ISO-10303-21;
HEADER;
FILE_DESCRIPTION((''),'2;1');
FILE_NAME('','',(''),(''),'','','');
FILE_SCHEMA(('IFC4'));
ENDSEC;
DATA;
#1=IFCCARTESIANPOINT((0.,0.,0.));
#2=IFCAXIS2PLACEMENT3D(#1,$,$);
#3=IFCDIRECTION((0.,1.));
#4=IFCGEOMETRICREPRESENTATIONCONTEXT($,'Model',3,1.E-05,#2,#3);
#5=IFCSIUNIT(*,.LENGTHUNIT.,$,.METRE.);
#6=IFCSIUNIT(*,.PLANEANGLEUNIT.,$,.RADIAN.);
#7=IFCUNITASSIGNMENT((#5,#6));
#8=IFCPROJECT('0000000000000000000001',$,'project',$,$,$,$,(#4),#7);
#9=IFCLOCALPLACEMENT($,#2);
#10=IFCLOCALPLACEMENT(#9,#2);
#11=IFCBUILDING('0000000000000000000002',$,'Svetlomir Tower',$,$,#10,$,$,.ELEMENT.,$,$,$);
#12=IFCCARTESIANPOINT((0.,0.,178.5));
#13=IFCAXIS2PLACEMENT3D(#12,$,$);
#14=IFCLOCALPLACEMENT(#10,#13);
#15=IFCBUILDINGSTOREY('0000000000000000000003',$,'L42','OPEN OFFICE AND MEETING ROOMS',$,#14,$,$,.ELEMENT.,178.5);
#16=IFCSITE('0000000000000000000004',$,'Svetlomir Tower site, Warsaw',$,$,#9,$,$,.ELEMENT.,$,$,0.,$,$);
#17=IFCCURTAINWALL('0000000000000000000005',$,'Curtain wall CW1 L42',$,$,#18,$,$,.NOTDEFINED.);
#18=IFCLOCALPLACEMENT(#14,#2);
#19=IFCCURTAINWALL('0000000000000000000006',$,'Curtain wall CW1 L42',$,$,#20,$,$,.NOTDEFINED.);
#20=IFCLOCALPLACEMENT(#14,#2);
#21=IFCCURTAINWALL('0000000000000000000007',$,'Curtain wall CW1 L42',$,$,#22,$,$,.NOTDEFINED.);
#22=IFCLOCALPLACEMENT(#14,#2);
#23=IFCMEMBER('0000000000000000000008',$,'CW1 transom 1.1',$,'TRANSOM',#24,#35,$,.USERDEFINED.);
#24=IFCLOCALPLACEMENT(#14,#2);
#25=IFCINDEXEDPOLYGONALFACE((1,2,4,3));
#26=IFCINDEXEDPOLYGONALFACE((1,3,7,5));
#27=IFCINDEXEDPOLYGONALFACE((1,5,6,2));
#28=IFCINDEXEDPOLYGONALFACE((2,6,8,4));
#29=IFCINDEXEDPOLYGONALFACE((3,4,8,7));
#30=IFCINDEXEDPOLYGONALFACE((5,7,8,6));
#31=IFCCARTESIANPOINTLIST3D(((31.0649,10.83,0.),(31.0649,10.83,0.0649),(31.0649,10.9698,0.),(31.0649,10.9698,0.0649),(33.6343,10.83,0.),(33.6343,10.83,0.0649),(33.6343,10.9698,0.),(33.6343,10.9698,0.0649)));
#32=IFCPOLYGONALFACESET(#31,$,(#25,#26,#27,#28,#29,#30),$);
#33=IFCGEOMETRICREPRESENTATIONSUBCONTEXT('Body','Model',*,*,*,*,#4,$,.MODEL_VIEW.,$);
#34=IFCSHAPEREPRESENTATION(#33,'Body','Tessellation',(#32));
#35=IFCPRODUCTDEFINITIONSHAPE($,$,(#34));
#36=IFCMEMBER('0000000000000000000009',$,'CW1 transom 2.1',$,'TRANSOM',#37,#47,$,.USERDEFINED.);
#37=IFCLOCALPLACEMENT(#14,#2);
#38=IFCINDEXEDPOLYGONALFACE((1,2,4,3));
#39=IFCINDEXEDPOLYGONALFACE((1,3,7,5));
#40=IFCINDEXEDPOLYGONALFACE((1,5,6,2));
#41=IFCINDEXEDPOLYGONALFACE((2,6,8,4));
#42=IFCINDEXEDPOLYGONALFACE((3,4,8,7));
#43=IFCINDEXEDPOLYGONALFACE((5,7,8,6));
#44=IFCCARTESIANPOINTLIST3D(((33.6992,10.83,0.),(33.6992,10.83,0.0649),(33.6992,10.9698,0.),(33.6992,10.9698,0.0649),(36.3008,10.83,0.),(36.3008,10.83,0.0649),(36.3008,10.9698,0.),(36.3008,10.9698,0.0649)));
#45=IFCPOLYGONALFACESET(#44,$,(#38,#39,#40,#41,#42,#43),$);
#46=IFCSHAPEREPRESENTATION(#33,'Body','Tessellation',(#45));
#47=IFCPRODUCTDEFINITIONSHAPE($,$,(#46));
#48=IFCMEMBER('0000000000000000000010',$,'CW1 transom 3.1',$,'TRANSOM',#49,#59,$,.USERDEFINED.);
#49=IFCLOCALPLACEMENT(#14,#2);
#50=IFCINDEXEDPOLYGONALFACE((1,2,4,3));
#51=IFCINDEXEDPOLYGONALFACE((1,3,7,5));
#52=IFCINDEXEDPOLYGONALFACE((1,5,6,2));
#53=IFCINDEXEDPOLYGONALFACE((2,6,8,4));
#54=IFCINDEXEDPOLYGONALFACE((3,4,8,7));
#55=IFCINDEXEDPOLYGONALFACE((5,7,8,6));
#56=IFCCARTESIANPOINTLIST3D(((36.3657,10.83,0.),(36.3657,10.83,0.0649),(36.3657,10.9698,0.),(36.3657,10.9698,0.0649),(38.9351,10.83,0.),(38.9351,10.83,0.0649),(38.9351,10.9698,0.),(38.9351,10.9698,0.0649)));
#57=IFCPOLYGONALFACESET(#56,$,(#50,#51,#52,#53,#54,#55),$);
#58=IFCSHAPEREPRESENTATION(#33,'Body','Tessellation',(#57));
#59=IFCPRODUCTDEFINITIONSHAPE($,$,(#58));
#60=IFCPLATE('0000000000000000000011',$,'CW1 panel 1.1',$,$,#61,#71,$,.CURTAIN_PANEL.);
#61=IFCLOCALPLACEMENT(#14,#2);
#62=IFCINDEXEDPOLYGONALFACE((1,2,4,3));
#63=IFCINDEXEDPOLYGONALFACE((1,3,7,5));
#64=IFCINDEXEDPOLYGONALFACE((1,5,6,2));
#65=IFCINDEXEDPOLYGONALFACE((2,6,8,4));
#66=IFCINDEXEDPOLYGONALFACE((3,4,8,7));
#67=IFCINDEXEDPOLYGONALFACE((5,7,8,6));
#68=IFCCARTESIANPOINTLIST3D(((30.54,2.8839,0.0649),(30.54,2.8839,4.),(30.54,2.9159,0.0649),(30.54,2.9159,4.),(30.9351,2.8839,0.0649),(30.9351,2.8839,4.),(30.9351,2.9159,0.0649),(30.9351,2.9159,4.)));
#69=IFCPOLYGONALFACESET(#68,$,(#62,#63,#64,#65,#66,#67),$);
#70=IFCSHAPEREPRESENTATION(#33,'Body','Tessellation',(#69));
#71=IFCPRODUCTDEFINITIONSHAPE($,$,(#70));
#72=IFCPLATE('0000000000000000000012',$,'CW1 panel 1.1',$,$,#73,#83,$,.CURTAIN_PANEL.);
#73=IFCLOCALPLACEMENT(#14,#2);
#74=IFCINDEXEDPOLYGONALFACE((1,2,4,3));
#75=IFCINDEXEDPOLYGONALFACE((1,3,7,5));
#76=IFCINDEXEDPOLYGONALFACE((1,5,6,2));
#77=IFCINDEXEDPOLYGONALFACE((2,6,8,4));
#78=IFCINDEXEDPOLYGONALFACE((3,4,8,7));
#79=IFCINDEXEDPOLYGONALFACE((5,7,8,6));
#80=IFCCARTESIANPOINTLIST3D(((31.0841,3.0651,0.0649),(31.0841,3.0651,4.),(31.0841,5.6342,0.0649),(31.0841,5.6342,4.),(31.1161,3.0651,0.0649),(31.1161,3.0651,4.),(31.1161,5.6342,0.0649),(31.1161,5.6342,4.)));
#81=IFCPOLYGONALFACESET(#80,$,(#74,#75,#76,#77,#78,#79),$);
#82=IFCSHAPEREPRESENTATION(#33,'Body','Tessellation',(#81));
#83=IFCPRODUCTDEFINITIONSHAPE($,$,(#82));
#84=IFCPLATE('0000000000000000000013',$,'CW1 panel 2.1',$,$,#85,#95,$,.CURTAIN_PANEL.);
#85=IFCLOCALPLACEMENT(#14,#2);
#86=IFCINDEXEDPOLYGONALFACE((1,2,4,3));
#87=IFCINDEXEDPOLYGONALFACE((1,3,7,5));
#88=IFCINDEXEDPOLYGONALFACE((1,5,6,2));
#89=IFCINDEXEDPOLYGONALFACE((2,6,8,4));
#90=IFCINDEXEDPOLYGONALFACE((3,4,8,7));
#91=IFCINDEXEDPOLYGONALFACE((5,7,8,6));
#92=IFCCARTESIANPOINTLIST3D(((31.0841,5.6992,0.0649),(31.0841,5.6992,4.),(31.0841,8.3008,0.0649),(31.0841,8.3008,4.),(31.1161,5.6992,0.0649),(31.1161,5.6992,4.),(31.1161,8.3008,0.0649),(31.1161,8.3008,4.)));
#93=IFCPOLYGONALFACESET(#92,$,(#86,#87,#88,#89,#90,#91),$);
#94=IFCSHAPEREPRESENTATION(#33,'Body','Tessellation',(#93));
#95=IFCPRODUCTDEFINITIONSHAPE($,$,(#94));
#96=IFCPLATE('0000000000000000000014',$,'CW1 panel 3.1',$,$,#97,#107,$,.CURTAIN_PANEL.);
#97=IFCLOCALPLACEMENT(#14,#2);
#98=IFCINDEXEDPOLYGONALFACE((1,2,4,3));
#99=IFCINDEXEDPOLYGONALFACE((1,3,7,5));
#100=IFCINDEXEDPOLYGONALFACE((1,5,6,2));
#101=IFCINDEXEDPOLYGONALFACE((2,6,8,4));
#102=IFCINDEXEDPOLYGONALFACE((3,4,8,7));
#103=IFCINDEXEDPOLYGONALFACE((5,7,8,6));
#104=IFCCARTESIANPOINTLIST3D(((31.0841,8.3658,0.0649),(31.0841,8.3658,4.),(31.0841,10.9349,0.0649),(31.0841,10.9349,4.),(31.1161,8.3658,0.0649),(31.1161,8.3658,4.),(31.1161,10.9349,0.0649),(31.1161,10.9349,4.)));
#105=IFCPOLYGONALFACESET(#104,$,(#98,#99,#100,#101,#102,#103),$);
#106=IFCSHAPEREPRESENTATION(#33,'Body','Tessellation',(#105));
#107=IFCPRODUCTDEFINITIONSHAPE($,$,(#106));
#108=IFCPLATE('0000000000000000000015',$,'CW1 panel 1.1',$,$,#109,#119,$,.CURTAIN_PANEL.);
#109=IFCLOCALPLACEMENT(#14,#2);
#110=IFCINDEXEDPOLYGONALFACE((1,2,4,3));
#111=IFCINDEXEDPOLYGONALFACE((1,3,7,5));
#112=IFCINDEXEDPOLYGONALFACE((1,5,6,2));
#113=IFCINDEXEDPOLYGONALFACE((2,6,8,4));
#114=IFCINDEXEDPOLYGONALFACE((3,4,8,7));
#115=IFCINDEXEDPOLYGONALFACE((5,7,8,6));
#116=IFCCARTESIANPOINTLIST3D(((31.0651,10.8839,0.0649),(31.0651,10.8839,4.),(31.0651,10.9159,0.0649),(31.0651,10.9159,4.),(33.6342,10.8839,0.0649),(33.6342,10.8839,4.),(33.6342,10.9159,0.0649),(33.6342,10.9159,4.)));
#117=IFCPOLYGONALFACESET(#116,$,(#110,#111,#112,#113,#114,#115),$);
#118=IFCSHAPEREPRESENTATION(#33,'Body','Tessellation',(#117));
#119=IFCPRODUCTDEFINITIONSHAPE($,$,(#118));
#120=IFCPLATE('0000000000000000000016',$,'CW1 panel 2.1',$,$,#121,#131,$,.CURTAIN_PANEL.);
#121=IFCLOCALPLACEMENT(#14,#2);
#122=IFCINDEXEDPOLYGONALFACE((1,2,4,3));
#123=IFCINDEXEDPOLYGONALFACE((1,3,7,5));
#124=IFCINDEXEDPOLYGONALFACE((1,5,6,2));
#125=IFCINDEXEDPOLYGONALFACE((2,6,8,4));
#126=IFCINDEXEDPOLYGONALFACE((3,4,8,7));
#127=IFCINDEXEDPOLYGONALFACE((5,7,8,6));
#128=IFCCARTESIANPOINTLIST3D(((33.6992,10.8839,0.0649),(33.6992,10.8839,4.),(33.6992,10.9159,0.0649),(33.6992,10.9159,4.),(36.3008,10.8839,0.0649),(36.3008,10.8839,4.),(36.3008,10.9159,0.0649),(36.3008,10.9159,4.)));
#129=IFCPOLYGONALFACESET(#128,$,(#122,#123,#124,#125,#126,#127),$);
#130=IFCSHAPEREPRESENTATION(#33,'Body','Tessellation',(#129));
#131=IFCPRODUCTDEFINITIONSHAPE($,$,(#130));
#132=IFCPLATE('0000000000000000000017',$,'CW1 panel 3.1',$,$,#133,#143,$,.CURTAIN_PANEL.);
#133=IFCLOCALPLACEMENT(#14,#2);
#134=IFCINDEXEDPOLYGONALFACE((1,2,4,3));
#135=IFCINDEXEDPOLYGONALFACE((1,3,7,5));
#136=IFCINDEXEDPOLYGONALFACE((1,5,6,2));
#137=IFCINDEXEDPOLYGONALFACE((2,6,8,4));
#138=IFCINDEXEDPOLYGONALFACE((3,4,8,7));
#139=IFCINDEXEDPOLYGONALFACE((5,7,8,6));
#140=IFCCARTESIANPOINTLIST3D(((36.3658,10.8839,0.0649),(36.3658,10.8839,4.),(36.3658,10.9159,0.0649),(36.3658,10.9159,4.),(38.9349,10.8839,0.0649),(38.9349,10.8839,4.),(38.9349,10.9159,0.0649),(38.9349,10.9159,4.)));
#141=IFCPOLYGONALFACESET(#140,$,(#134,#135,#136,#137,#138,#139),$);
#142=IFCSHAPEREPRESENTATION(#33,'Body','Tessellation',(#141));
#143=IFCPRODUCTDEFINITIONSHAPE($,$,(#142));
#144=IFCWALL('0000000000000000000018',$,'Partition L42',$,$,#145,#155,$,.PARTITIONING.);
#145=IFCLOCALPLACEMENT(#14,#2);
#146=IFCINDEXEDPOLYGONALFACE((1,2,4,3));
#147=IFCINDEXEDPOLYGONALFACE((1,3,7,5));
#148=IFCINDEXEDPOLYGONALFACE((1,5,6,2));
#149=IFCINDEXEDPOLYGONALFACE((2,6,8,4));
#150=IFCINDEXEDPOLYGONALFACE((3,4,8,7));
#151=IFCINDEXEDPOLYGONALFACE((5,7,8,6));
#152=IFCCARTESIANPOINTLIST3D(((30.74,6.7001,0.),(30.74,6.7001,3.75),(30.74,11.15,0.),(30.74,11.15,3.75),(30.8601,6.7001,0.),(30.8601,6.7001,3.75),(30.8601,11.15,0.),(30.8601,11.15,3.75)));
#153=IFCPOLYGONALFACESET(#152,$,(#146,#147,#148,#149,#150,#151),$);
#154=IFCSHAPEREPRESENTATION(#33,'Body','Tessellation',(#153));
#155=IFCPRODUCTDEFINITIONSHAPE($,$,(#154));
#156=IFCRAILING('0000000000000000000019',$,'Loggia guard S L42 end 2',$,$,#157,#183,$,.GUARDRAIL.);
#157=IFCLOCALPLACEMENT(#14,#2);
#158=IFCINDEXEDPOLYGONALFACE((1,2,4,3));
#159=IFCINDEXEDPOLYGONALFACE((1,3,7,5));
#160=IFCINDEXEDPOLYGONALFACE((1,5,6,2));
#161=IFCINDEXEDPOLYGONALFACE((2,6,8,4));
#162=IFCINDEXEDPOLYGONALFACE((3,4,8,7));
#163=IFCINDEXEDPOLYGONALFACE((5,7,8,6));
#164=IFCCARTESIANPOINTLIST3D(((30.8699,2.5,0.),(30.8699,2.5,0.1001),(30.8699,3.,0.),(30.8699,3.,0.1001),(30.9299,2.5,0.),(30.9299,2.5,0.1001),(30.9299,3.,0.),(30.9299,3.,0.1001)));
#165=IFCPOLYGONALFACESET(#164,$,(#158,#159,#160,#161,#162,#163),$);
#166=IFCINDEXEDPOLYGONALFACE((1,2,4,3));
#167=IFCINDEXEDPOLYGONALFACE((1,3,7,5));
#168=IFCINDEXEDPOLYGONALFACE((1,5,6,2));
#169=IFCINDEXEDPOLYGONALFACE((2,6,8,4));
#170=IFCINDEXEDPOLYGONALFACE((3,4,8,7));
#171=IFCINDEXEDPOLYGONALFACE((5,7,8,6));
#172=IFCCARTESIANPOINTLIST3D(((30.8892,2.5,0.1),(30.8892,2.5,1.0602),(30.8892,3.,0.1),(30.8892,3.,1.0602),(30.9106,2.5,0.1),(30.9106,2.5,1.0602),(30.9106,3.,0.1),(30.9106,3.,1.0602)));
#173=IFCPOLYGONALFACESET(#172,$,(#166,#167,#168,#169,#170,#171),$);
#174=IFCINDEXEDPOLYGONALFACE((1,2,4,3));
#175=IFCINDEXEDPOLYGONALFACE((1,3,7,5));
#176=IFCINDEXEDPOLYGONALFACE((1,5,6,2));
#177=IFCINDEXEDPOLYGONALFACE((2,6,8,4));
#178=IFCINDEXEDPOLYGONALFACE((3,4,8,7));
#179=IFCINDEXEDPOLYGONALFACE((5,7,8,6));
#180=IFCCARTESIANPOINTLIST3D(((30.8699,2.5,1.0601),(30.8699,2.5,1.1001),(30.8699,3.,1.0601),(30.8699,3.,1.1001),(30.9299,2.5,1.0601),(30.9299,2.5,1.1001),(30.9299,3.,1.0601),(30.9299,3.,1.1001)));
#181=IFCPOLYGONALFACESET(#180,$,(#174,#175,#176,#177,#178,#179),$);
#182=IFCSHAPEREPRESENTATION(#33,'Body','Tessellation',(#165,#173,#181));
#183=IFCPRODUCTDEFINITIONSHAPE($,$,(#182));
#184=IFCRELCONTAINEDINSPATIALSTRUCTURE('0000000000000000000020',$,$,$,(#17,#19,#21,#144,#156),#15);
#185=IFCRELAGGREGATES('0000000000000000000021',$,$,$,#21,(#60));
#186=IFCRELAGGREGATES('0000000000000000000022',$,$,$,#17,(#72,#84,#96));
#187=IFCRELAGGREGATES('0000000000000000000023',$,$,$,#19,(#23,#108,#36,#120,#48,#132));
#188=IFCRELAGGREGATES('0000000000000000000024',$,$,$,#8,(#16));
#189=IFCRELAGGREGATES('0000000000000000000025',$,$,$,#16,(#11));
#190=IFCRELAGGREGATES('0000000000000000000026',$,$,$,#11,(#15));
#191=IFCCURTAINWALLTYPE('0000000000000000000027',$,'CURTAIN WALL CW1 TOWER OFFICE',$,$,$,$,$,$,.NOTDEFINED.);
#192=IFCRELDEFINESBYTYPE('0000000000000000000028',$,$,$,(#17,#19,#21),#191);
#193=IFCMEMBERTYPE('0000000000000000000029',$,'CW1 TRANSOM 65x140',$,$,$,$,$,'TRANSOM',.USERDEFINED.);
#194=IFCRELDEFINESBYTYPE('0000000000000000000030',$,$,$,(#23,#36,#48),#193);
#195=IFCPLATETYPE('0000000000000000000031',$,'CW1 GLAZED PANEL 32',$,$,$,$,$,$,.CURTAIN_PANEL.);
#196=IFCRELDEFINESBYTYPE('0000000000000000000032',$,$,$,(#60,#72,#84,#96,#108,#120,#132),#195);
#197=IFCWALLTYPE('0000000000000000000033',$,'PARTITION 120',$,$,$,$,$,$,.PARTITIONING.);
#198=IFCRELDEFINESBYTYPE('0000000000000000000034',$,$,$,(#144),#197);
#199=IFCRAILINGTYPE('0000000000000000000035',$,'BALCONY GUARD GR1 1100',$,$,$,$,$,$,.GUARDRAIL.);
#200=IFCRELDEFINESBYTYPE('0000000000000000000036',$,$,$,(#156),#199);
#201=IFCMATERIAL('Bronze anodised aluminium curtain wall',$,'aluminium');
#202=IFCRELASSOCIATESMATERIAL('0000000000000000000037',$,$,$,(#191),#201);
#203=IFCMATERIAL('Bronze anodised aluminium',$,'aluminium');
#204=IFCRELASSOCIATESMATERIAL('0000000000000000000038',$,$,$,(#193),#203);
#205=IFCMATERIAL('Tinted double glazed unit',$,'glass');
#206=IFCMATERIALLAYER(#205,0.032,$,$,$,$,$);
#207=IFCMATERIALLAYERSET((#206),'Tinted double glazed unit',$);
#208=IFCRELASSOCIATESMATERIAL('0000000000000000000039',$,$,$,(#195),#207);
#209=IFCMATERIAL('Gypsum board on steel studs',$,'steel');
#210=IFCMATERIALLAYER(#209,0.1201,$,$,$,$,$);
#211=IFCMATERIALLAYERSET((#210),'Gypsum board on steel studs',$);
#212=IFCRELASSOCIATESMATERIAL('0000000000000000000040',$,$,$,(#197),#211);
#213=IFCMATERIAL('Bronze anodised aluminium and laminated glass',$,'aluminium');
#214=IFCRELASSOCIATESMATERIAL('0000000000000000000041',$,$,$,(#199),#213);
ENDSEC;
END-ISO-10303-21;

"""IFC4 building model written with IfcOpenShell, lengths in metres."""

from ifc_helpers import new_model, si_unit, direction, frame, frame_2d, origin, origin_2d, place, context, subcontext, project, spatial, rectangle, extrude, material, layer, layer_set, material_profile, profile_set, type_object, element, aggregate, save


model = new_model("IFC4")

# Units and contexts
model_context = context("Model", 3, precision=1e-05, world=origin(), true_north=direction((0.0, 1.0)))
body_context = subcontext(model_context, "Body", "Model", "MODEL_VIEW")
ifc_project = project(units=[si_unit("LENGTHUNIT", "METRE"), si_unit("PLANEANGLEUNIT", "RADIAN")], contexts=[model_context])

# Site, building, storey
site_placement = place(None, origin())
site = spatial("IfcSite", under=ifc_project, at=site_placement, Name="Svetlomir Tower site, Warsaw", CompositionType="ELEMENT", RefElevation=0.0)
building_placement = place(site_placement, origin())
building = spatial("IfcBuilding", under=site, at=building_placement, Name="Svetlomir Tower", CompositionType="ELEMENT")
storey_placement = place(building_placement, frame((0.0, 0.0, 178.5)))
storey = spatial("IfcBuildingStorey", under=building, at=storey_placement, Name="L42", Description="OPEN OFFICE AND MEETING ROOMS", CompositionType="ELEMENT", Elevation=178.5)

# Curtain walls
ifc_material_1 = material(Name="Bronze anodised aluminium curtain wall", Category="aluminium")
curtain_wall_type = type_object("IfcCurtainWallType", Name="CURTAIN WALL CW1 TOWER OFFICE", PredefinedType="NOTDEFINED", material=ifc_material_1)
curtain_wall_1_placement = place(storey_placement, origin())
curtain_wall_1 = element("IfcCurtainWall", 1, at=curtain_wall_1_placement, inside=storey, type_object=curtain_wall_type, Name="Curtain wall CW1 L42", PredefinedType="NOTDEFINED")
curtain_wall_2_placement = place(storey_placement, origin())
curtain_wall_2 = element("IfcCurtainWall", 2, at=curtain_wall_2_placement, inside=storey, type_object=curtain_wall_type, Name="Curtain wall CW1 L42", PredefinedType="NOTDEFINED")
curtain_wall_3_placement = place(storey_placement, origin())
curtain_wall_3 = element("IfcCurtainWall", 3, at=curtain_wall_3_placement, inside=storey, type_object=curtain_wall_type, Name="Curtain wall CW1 L42", PredefinedType="NOTDEFINED")

# Members
ifc_material_2 = material(Name="Bronze anodised aluminium", Category="aluminium")
ifc_material_profile_1 = material_profile(ifc_material_2, rectangle(XDim=0.1399, YDim=0.0649, at=origin_2d()), Name="AL 140x65")
ifc_profile_set_1 = profile_set([ifc_material_profile_1], Name="Bronze anodised aluminium 6063-T6")
member_type_1 = type_object("IfcMemberType", Name="CW1 TRANSOM 65x140", ElementType="TRANSOM", PredefinedType="USERDEFINED", material=ifc_profile_set_1)
member_1_placement = place(storey_placement, frame((31.0649, 10.8999, 0.0325), z_axis=(1.0, 0.0, 0.0), x_axis=(0.0, 1.0, 0.0)))
member_1 = element("IfcMember", 4, at=member_1_placement, type_object=member_type_1, Name="CW1 transom 1.1", ObjectType="TRANSOM", PredefinedType="USERDEFINED", context=body_context, shape_type="SweptSolid", body=[
    extrude(rectangle(XDim=0.1399, YDim=0.0649, at=origin_2d()), origin(), (0.0, 0.0, 1.0), 2.5693),
])
member_2_placement = place(storey_placement, frame((33.6992, 10.8999, 0.0325), z_axis=(1.0, 0.0, 0.0), x_axis=(0.0, 1.0, 0.0)))
member_2 = element("IfcMember", 5, at=member_2_placement, type_object=member_type_1, Name="CW1 transom 2.1", ObjectType="TRANSOM", PredefinedType="USERDEFINED", context=body_context, shape_type="SweptSolid", body=[
    extrude(rectangle(XDim=0.1399, YDim=0.0649, at=origin_2d()), origin(), (0.0, 0.0, 1.0), 2.6016),
])
member_3_placement = place(storey_placement, frame((36.3657, 10.8999, 0.0325), z_axis=(1.0, 0.0, 0.0), x_axis=(0.0, 1.0, 0.0)))
member_3 = element("IfcMember", 6, at=member_3_placement, type_object=member_type_1, Name="CW1 transom 3.1", ObjectType="TRANSOM", PredefinedType="USERDEFINED", context=body_context, shape_type="SweptSolid", body=[
    extrude(rectangle(XDim=0.1399, YDim=0.0649, at=origin_2d()), origin(), (0.0, 0.0, 1.0), 2.5693),
])

# Plates
ifc_material_3 = material(Name="Tinted double glazed unit", Category="glass")
ifc_layer_1 = layer(ifc_material_3, 0.032)
ifc_layer_set_1 = layer_set([ifc_layer_1], Name="Tinted double glazed unit")
plate_type = type_object("IfcPlateType", Name="CW1 GLAZED PANEL 32", PredefinedType="CURTAIN_PANEL", material=ifc_layer_set_1)
plate_1_placement = place(storey_placement, frame((30.7375, 2.8999, 0.0649), z_axis=(0.0, 0.0, 1.0), x_axis=(1.0, 0.0, 0.0)))
plate_1 = element("IfcPlate", 7, at=plate_1_placement, type_object=plate_type, Name="CW1 panel 1.1", PredefinedType="CURTAIN_PANEL", context=body_context, shape_type="SweptSolid", body=[
    extrude(rectangle(XDim=0.395, YDim=0.032, at=origin_2d()), origin(), (0.0, 0.0, 1.0), 3.9351),
])
aggregate(curtain_wall_3, [plate_1])
plate_2_placement = place(storey_placement, frame((31.1001, 4.3496, 0.0649), z_axis=(0.0, 0.0, 1.0), x_axis=(0.0, 1.0, 0.0)))
plate_2 = element("IfcPlate", 8, at=plate_2_placement, type_object=plate_type, Name="CW1 panel 1.1", PredefinedType="CURTAIN_PANEL", context=body_context, shape_type="SweptSolid", body=[
    extrude(rectangle(XDim=2.5691, YDim=0.032, at=origin_2d()), origin(), (0.0, 0.0, 1.0), 3.9351),
])
plate_3_placement = place(storey_placement, frame((31.1001, 7.0, 0.0649), z_axis=(0.0, 0.0, 1.0), x_axis=(0.0, 1.0, 0.0)))
plate_3 = element("IfcPlate", 9, at=plate_3_placement, type_object=plate_type, Name="CW1 panel 2.1", PredefinedType="CURTAIN_PANEL", context=body_context, shape_type="SweptSolid", body=[
    extrude(rectangle(XDim=2.6016, YDim=0.032, at=origin_2d()), origin(), (0.0, 0.0, 1.0), 3.9351),
])
plate_4_placement = place(storey_placement, frame((31.1001, 9.6504, 0.0649), z_axis=(0.0, 0.0, 1.0), x_axis=(0.0, 1.0, 0.0)))
plate_4 = element("IfcPlate", 10, at=plate_4_placement, type_object=plate_type, Name="CW1 panel 3.1", PredefinedType="CURTAIN_PANEL", context=body_context, shape_type="SweptSolid", body=[
    extrude(rectangle(XDim=2.5691, YDim=0.032, at=origin_2d()), origin(), (0.0, 0.0, 1.0), 3.9351),
])
aggregate(curtain_wall_1, [plate_2, plate_3, plate_4])
plate_5_placement = place(storey_placement, frame((32.3496, 10.8999, 0.0649), z_axis=(0.0, 0.0, 1.0), x_axis=(1.0, 0.0, 0.0)))
plate_5 = element("IfcPlate", 11, at=plate_5_placement, type_object=plate_type, Name="CW1 panel 1.1", PredefinedType="CURTAIN_PANEL", context=body_context, shape_type="SweptSolid", body=[
    extrude(rectangle(XDim=2.5691, YDim=0.032, at=origin_2d()), origin(), (0.0, 0.0, 1.0), 3.9351),
])
plate_6_placement = place(storey_placement, frame((35.0, 10.8999, 0.0649), z_axis=(0.0, 0.0, 1.0), x_axis=(1.0, 0.0, 0.0)))
plate_6 = element("IfcPlate", 12, at=plate_6_placement, type_object=plate_type, Name="CW1 panel 2.1", PredefinedType="CURTAIN_PANEL", context=body_context, shape_type="SweptSolid", body=[
    extrude(rectangle(XDim=2.6016, YDim=0.032, at=origin_2d()), origin(), (0.0, 0.0, 1.0), 3.9351),
])
plate_7_placement = place(storey_placement, frame((37.6504, 10.8999, 0.0649), z_axis=(0.0, 0.0, 1.0), x_axis=(1.0, 0.0, 0.0)))
plate_7 = element("IfcPlate", 13, at=plate_7_placement, type_object=plate_type, Name="CW1 panel 3.1", PredefinedType="CURTAIN_PANEL", context=body_context, shape_type="SweptSolid", body=[
    extrude(rectangle(XDim=2.5691, YDim=0.032, at=origin_2d()), origin(), (0.0, 0.0, 1.0), 3.9351),
])
aggregate(curtain_wall_2, [member_1, plate_5, member_2, plate_6, member_3, plate_7])

# Wall
ifc_material_4 = material(Name="Gypsum board on steel studs", Category="steel")
ifc_layer_2 = layer(ifc_material_4, 0.1201)
ifc_layer_set_2 = layer_set([ifc_layer_2], Name="Gypsum board on steel studs")
wall_type = type_object("IfcWallType", Name="PARTITION 120", PredefinedType="PARTITIONING", material=ifc_layer_set_2)
wall_placement = place(storey_placement, frame((30.8, 6.7, 0.0), z_axis=(0.0, 0.0, 1.0), x_axis=(0.0, 1.0, 0.0)))
element("IfcWall", 14, at=wall_placement, inside=storey, type_object=wall_type, Name="Partition L42", PredefinedType="PARTITIONING", context=body_context, shape_type="SweptSolid", body=[
    extrude(rectangle(XDim=4.45, YDim=0.1201, at=frame_2d((2.2251, 0.0))), origin(), (0.0, 0.0, 1.0), 3.75),
])

# Railing
ifc_material_5 = material(Name="Bronze anodised aluminium and laminated glass", Category="aluminium")
railing_type = type_object("IfcRailingType", Name="BALCONY GUARD GR1 1100", PredefinedType="GUARDRAIL", material=ifc_material_5)
railing_placement = place(storey_placement, frame((30.8999, 2.5, 0.0)))
element("IfcRailing", 15, at=railing_placement, inside=storey, type_object=railing_type, Name="Loggia guard S L42 end 2", PredefinedType="GUARDRAIL", context=body_context, shape_type="SweptSolid", body=[
    extrude(rectangle(XDim=0.0601, YDim=0.1001, at=origin_2d()), frame((0.0, 0.0, 0.05), z_axis=(0.0, 1.0, 0.0), x_axis=(-1.0, 0.0, 0.0)), (0.0, 0.0, 1.0), 0.5),
    extrude(rectangle(XDim=0.0215, YDim=0.9602, at=origin_2d()), frame((0.0, 0.0, 0.5801), z_axis=(0.0, 1.0, 0.0), x_axis=(-1.0, 0.0, 0.0)), (0.0, 0.0, 1.0), 0.5),
    extrude(rectangle(XDim=0.0601, YDim=0.04, at=origin_2d()), frame((0.0, 0.0, 1.0801), z_axis=(0.0, 1.0, 0.0), x_axis=(-1.0, 0.0, 0.0)), (0.0, 0.0, 1.0), 0.5),
])

save(model, "model.ifc")
